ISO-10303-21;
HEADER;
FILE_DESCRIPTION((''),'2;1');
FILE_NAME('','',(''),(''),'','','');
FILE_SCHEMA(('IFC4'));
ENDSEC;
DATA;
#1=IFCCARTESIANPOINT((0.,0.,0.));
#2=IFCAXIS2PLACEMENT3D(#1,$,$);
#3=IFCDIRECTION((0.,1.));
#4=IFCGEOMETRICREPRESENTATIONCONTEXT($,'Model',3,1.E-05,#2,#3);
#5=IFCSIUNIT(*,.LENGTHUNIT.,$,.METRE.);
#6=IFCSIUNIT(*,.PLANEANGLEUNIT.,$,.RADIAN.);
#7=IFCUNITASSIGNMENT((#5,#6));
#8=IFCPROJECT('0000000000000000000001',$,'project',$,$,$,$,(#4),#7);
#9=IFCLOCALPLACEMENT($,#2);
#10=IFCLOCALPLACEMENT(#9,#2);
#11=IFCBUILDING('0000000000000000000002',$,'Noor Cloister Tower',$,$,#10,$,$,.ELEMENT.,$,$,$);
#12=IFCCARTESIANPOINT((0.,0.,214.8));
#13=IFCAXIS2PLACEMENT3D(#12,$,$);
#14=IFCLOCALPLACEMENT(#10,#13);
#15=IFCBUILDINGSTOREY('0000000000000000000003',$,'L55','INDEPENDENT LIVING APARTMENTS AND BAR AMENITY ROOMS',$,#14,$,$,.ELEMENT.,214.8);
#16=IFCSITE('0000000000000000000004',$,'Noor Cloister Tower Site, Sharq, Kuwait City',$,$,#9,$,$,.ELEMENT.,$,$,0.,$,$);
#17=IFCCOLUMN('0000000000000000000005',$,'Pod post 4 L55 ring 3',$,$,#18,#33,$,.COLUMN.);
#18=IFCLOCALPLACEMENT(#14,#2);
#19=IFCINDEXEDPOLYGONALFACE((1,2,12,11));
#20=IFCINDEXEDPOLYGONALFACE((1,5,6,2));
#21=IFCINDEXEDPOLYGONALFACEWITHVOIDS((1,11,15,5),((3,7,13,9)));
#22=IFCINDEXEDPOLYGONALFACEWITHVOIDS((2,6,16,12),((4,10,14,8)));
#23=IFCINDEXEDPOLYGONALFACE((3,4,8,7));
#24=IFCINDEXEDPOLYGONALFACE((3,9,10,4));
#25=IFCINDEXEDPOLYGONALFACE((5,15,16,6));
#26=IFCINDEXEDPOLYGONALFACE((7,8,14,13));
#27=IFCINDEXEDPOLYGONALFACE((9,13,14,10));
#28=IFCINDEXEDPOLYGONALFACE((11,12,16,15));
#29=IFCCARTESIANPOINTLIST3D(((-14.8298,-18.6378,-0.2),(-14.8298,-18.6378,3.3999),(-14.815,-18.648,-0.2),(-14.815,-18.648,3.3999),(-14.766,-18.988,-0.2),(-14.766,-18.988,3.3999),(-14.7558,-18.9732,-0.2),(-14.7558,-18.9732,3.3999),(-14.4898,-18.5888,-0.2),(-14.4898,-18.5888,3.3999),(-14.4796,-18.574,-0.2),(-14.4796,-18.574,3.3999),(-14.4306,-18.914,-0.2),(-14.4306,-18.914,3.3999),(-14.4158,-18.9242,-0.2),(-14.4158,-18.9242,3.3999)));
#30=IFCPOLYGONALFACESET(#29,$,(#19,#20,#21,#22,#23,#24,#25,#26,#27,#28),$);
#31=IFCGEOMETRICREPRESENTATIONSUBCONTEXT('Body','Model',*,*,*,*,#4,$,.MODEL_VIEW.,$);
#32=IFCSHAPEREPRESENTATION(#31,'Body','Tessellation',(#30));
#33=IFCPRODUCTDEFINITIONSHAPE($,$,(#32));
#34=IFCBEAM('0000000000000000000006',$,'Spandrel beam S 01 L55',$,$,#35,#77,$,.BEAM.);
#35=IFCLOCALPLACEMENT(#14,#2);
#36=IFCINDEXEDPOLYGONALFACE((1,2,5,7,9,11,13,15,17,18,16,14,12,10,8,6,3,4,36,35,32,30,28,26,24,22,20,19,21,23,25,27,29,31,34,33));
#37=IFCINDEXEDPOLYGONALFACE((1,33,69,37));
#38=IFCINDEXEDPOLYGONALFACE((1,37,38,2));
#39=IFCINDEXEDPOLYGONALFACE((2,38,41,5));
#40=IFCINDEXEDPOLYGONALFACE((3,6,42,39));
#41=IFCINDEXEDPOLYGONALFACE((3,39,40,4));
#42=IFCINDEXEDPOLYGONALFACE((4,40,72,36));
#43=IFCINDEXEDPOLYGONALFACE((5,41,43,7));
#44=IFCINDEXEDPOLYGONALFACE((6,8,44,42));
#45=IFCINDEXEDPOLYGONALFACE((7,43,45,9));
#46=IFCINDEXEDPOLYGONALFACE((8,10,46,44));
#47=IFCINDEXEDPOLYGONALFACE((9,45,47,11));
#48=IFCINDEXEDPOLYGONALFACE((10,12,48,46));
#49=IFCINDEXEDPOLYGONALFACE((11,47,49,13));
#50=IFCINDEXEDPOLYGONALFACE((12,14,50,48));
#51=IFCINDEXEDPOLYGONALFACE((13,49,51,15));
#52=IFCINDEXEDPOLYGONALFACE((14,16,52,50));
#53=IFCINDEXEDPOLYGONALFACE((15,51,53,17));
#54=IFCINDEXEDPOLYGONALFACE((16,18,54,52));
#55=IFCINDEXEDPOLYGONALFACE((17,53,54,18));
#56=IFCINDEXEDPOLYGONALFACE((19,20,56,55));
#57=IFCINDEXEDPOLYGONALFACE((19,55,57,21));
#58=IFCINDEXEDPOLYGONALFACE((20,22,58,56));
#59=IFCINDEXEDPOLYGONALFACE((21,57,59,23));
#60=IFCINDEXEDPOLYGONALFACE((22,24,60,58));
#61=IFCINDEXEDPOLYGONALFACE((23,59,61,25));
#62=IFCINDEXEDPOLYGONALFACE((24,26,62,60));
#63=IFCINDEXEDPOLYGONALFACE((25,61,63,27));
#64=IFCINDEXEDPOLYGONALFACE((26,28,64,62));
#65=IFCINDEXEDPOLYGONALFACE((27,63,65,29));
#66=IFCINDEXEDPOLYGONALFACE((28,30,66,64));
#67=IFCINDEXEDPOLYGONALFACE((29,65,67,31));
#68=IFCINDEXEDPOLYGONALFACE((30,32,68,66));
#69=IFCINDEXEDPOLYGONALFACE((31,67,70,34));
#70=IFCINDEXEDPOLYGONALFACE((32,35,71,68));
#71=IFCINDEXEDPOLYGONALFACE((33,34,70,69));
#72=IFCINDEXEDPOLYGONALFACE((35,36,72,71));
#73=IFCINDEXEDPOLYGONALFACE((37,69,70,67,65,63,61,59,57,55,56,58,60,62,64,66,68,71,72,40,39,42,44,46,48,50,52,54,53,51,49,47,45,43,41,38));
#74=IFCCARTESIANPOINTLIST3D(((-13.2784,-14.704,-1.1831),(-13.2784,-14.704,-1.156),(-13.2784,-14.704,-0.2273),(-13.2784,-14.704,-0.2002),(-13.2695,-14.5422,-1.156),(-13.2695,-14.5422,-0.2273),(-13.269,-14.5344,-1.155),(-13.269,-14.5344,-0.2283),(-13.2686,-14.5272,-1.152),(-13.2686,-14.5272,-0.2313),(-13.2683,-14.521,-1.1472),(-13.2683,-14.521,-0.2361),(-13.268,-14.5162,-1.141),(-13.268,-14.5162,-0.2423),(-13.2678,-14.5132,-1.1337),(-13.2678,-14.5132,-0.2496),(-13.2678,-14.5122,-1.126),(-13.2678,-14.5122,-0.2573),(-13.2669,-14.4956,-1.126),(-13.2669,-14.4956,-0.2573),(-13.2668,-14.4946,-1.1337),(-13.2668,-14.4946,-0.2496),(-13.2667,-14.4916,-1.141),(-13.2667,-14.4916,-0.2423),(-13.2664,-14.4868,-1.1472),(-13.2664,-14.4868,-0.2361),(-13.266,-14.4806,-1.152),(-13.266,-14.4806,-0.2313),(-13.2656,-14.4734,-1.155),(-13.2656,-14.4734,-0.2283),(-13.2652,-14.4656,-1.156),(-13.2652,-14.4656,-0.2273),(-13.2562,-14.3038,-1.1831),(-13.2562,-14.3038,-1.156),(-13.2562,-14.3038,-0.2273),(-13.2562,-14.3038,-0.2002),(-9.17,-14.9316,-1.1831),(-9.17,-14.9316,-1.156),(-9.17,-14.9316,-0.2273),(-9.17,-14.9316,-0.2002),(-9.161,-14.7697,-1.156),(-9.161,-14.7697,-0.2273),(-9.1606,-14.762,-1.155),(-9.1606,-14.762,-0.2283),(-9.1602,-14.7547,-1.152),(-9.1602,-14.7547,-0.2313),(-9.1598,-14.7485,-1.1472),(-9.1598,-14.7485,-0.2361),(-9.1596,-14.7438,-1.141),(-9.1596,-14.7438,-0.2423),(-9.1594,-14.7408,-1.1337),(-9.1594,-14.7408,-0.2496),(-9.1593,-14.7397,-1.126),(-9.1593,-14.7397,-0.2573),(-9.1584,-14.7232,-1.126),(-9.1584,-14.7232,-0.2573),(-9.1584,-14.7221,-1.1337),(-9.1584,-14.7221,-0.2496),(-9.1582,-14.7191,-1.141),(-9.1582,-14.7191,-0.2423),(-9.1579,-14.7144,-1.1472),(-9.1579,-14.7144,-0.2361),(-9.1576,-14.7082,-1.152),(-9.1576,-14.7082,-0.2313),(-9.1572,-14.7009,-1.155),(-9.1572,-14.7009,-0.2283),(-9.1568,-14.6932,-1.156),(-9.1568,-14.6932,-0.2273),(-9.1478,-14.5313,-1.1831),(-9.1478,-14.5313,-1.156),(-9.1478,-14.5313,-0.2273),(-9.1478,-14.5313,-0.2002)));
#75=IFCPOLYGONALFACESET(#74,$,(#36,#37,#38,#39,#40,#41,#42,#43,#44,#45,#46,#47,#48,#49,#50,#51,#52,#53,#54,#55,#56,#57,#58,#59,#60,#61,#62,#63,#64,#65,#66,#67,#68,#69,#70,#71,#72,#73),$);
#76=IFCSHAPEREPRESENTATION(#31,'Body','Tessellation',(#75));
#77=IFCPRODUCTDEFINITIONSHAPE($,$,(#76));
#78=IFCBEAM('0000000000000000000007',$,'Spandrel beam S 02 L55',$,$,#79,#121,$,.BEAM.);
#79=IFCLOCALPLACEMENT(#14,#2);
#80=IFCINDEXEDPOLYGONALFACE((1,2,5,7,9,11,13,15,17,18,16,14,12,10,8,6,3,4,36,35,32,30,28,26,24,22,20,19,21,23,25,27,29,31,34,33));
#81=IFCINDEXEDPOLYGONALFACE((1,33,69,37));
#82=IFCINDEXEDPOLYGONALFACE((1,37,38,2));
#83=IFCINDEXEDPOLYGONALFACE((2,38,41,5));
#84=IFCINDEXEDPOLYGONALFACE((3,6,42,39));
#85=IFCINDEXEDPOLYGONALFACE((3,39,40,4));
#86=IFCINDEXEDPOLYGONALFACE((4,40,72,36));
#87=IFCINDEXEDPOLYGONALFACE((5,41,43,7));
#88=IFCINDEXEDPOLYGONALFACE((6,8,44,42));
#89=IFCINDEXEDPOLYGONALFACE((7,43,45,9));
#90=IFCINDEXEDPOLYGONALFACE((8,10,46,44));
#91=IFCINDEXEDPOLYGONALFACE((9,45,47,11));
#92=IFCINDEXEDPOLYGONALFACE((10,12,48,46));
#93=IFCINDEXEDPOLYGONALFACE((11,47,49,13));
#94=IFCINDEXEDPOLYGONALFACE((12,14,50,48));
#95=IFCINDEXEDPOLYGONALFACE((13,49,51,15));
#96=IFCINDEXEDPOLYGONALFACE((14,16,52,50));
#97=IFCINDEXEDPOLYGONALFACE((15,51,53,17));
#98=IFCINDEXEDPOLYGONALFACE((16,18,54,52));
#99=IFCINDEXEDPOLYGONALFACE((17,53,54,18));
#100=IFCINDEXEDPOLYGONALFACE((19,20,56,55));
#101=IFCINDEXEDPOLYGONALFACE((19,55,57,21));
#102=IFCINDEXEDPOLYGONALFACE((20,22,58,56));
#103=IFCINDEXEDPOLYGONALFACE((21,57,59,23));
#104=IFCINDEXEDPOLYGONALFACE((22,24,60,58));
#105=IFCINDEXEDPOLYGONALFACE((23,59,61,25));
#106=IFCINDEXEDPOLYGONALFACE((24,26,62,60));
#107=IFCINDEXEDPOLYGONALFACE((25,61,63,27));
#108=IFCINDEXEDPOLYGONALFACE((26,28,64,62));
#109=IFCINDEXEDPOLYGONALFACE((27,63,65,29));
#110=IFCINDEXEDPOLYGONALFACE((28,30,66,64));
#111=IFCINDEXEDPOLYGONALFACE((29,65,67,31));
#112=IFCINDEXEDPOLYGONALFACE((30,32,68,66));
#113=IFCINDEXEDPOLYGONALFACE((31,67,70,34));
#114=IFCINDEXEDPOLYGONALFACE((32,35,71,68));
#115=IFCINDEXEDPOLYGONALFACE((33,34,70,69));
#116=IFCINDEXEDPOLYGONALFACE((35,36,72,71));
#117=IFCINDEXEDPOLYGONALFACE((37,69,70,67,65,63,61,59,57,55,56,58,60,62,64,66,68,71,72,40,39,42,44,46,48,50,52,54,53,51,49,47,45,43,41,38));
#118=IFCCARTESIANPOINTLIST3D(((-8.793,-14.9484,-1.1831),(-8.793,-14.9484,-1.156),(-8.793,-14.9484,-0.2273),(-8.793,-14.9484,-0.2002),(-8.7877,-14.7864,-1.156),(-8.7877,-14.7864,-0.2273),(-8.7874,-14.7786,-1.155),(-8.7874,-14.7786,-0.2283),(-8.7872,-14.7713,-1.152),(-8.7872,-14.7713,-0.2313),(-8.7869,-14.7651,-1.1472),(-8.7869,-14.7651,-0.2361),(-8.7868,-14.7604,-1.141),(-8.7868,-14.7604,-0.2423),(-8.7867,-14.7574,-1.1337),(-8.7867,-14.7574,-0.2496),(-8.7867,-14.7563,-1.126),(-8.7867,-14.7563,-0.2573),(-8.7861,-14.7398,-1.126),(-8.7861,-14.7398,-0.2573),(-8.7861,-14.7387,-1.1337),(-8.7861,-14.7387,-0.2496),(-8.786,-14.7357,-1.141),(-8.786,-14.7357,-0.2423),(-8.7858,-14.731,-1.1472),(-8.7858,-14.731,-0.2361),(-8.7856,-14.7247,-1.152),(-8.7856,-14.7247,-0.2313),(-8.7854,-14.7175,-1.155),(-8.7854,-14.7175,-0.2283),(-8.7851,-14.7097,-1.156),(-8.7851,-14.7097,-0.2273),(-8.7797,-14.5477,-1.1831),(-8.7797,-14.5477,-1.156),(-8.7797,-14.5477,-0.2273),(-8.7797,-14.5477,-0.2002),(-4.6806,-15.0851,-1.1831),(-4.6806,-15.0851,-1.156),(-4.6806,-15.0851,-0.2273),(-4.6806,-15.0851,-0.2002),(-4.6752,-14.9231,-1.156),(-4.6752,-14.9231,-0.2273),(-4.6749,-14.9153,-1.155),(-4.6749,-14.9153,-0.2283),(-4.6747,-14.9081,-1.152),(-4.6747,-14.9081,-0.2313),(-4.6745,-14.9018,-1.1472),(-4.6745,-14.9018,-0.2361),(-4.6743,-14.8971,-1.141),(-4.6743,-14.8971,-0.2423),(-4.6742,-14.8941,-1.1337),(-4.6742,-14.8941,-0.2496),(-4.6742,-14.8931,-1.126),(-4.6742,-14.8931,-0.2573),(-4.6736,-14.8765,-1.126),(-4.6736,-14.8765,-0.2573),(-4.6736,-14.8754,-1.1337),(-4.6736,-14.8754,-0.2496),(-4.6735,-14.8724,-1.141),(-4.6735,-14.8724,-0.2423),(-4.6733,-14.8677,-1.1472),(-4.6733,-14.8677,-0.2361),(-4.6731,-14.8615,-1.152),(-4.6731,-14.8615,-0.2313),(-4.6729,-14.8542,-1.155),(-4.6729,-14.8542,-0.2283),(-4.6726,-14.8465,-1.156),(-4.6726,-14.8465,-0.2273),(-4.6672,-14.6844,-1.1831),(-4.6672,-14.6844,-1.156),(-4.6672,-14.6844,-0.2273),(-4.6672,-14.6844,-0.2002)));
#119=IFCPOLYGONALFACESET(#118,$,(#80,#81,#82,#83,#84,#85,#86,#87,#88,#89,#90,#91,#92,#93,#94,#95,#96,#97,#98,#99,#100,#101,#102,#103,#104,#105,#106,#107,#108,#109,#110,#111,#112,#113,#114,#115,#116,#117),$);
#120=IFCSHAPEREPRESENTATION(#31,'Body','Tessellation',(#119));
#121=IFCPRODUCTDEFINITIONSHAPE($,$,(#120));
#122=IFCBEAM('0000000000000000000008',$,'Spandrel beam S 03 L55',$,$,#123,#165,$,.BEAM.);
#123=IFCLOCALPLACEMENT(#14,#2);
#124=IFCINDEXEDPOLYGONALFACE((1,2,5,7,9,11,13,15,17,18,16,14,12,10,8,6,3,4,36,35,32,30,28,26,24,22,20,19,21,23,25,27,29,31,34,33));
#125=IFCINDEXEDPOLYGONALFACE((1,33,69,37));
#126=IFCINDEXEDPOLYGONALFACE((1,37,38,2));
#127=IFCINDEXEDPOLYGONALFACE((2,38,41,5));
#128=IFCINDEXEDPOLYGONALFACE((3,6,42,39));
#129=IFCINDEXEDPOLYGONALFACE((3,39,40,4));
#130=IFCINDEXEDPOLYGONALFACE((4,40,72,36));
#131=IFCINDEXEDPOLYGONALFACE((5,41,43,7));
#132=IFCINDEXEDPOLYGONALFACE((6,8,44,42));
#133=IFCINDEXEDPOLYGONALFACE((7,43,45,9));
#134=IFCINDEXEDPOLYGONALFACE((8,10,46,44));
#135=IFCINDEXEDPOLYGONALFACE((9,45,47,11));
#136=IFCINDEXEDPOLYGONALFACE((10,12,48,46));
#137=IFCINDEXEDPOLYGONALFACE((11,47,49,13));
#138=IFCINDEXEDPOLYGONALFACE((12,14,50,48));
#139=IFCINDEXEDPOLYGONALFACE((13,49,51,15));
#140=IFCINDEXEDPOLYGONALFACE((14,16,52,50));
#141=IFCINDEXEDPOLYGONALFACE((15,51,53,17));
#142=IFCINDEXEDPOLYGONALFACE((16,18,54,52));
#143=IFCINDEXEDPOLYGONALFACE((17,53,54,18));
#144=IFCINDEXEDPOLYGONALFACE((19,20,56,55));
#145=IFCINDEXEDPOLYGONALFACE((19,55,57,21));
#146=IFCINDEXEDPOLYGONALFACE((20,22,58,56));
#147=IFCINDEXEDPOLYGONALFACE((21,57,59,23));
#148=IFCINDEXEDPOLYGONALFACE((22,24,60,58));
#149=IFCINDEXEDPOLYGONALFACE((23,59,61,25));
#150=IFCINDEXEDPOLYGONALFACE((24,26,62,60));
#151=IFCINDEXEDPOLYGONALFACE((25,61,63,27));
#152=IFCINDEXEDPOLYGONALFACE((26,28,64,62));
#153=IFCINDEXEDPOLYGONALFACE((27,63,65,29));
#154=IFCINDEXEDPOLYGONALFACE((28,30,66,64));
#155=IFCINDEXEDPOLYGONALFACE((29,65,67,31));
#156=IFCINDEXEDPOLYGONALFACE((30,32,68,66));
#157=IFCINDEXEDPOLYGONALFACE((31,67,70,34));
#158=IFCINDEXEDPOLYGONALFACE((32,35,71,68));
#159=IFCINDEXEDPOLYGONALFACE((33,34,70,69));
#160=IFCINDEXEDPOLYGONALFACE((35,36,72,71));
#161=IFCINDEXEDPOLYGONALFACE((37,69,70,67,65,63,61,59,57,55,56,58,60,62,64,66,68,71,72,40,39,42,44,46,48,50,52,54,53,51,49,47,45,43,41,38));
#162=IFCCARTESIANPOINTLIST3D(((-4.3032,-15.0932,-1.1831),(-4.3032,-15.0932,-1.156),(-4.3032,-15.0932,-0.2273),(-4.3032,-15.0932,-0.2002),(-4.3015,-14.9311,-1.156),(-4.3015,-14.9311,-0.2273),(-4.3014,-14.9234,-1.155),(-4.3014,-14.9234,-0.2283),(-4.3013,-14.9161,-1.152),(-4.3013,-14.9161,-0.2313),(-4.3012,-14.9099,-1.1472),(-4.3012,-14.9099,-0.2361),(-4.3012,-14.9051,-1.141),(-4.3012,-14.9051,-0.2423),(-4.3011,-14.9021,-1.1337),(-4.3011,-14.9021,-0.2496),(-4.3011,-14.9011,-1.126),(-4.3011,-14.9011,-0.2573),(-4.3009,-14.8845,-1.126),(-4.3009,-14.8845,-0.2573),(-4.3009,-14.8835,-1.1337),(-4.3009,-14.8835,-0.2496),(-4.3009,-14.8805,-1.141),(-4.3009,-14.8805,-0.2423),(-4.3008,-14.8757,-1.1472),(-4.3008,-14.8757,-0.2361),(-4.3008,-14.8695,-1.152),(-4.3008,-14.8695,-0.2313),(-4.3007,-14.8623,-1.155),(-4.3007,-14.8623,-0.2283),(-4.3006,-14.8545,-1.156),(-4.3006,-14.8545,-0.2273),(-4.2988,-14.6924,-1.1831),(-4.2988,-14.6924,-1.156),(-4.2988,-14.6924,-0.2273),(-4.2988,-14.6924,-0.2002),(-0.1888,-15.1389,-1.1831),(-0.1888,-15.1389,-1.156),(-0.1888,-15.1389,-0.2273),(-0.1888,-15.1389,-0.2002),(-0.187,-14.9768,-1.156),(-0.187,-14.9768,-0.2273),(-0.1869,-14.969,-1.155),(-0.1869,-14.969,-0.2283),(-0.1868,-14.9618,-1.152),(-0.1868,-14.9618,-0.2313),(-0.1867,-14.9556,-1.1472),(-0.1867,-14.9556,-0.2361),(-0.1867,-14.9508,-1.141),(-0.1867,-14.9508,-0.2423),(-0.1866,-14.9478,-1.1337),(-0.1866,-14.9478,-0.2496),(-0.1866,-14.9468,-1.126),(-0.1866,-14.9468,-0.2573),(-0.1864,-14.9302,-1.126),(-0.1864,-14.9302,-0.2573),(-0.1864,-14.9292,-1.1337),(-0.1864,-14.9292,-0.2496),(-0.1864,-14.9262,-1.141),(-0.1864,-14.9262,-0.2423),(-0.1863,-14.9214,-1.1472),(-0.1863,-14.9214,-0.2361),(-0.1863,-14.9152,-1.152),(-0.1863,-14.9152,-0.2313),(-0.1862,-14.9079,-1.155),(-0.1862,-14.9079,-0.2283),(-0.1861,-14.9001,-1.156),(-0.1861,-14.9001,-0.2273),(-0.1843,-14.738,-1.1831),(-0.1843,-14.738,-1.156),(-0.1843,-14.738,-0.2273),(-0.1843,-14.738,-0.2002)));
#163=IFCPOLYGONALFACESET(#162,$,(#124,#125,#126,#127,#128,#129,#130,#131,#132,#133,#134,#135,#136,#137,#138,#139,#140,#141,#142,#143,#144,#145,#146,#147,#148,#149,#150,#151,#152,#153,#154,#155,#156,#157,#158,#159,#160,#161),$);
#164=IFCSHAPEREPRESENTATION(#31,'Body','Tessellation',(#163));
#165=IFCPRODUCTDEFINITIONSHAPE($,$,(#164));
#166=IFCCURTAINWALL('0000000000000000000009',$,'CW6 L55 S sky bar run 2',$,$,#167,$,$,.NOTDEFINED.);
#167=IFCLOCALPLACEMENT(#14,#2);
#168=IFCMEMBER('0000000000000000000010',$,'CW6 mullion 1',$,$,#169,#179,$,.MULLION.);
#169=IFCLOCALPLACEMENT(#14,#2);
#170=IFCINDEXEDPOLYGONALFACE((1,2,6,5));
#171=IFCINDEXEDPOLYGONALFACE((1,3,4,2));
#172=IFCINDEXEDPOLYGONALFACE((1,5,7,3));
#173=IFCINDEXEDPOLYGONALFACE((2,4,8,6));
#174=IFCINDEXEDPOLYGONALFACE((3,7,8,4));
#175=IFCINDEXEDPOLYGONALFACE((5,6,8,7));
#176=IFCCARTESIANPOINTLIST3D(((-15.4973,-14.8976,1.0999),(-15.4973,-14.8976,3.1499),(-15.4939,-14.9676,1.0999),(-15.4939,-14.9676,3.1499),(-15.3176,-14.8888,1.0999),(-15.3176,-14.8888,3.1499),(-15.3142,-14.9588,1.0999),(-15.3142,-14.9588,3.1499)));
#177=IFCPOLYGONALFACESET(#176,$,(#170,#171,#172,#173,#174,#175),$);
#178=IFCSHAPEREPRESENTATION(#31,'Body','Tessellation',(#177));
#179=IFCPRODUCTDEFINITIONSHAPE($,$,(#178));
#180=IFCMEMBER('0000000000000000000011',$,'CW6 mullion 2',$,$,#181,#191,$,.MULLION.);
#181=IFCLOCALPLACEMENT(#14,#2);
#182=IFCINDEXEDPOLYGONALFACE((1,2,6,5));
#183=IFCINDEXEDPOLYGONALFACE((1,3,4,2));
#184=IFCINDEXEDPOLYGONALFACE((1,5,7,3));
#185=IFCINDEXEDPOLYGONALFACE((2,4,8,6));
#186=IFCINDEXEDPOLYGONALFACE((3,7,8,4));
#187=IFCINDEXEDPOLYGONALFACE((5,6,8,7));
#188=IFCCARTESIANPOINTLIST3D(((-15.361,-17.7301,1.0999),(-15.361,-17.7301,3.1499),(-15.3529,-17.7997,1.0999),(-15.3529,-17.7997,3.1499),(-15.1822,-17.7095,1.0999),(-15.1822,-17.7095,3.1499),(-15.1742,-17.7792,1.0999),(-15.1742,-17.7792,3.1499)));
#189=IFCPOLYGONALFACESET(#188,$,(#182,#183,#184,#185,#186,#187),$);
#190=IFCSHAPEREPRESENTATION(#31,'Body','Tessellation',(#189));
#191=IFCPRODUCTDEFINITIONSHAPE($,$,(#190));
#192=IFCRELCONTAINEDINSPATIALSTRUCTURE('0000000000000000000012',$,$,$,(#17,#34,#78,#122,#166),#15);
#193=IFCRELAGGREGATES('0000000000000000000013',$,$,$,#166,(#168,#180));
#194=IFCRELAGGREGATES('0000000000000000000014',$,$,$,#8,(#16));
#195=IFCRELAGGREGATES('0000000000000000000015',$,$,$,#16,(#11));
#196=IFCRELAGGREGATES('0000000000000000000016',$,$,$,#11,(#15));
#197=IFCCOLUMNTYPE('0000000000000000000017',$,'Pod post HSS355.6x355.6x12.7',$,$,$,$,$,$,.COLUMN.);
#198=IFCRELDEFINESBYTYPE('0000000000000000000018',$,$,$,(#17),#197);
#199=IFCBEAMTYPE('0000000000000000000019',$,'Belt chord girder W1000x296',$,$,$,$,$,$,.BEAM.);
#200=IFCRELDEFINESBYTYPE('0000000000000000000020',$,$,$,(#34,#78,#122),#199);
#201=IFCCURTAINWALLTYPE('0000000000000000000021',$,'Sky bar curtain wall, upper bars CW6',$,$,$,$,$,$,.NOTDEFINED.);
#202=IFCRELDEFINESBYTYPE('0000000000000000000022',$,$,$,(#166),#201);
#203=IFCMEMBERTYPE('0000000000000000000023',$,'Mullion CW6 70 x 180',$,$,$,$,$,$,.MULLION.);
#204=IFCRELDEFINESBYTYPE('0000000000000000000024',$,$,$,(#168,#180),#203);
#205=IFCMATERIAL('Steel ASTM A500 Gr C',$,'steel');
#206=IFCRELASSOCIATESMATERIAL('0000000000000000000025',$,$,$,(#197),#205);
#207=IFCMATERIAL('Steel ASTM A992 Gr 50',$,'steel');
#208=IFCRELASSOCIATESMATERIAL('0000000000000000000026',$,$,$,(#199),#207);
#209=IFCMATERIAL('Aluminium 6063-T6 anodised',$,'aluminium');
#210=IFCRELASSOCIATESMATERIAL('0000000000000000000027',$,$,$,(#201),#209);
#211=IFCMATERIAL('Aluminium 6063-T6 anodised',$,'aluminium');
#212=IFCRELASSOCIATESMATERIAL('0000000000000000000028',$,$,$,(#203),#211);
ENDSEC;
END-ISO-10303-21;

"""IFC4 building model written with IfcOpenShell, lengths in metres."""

from ifc_helpers import new_model, si_unit, direction, frame, origin, origin_2d, place, context, subcontext, project, spatial, rectangle, hollow_rectangle, i_section, extrude, material, material_profile, profile_set, type_object, element, aggregate, save


model = new_model("IFC4")

# Units and contexts
model_context = context("Model", 3, precision=1e-05, world=origin(), true_north=direction((0.0, 1.0)))
body_context = subcontext(model_context, "Body", "Model", "MODEL_VIEW")
ifc_project = project(units=[si_unit("LENGTHUNIT", "METRE"), si_unit("PLANEANGLEUNIT", "RADIAN")], contexts=[model_context])

# Site, building, storey
site_placement = place(None, origin())
site = spatial("IfcSite", under=ifc_project, at=site_placement, Name="Noor Cloister Tower Site, Sharq, Kuwait City", CompositionType="ELEMENT", RefElevation=0.0)
building_placement = place(site_placement, origin())
building = spatial("IfcBuilding", under=site, at=building_placement, Name="Noor Cloister Tower", CompositionType="ELEMENT")
storey_placement = place(building_placement, frame((0.0, 0.0, 214.8)))
storey = spatial("IfcBuildingStorey", under=building, at=storey_placement, Name="L55", Description="INDEPENDENT LIVING APARTMENTS AND BAR AMENITY ROOMS", CompositionType="ELEMENT", Elevation=214.8)

# Column
ifc_material_1 = material(Name="Steel ASTM A500 Gr C", Category="steel")
ifc_material_profile_1 = material_profile(ifc_material_1, hollow_rectangle(XDim=0.356, YDim=0.356, WallThickness=0.0127, at=origin_2d()), Name="HSS355.6x355.6x12.7")
ifc_profile_set_1 = profile_set([ifc_material_profile_1], Name="Steel ASTM A500 Gr C")
column_type_1 = type_object("IfcColumnType", Name="Pod post HSS355.6x355.6x12.7", PredefinedType="COLUMN", material=ifc_profile_set_1)
for number, where, z_axis, x_axis, name in (
    (1, (-14.6228, -18.781, -0.2), (0.0, 0.0, 1.0), (0.179302, -0.983794, 0.0), "Pod post 4 L55 ring 3"),
):
    element("IfcColumn", number, at=place(storey_placement, frame(where, z_axis=z_axis, x_axis=x_axis)), inside=storey, type_object=column_type_1, Name=name, PredefinedType="COLUMN", context=body_context, shape_type="SweptSolid", body=[
        extrude(hollow_rectangle(XDim=0.356, YDim=0.356, WallThickness=0.0127, at=origin_2d()), origin(), (0.0, 0.0, 1.0), 3.5999),
    ])

# Beams
ifc_material_2 = material(Name="Steel ASTM A992 Gr 50", Category="steel")
ifc_material_profile_2 = material_profile(ifc_material_2, i_section(OverallWidth=0.4009, OverallDepth=0.9829, WebThickness=0.0166, FlangeThickness=0.0271, FilletRadius=0.03, at=origin_2d()), Name="W1000x296")
ifc_profile_set_2 = profile_set([ifc_material_profile_2], Name="Steel ASTM A992 Gr 50")
beam_type = type_object("IfcBeamType", Name="Belt chord girder W1000x296", PredefinedType="BEAM", material=ifc_profile_set_2)
for number, where, z_axis, x_axis, name in (
    (2, (-13.2673, -14.5039, -0.6917), (0.99847, -0.055299, 0.0), (0.055299, 0.99847, 0.0), "Spandrel beam S 01 L55"),
    (3, (-8.7864, -14.748, -0.6917), (0.999448, -0.033226, 0.0), (0.033226, 0.999448, 0.0), "Spandrel beam S 02 L55"),
    (4, (-4.301, -14.8928, -0.6917), (0.999938, -0.011095, 0.0), (0.011095, 0.999938, 0.0), "Spandrel beam S 03 L55"),
):
    element("IfcBeam", number, at=place(storey_placement, frame(where, z_axis=z_axis, x_axis=x_axis)), inside=storey, type_object=beam_type, Name=name, PredefinedType="BEAM", context=body_context, shape_type="SweptSolid", body=[
        extrude(i_section(OverallWidth=0.4009, OverallDepth=0.9829, WebThickness=0.0166, FlangeThickness=0.0271, FilletRadius=0.03, at=origin_2d()), origin(), (0.0, 0.0, 1.0), 4.1147),
    ])

# Curtain wall, members
ifc_material_3 = material(Name="Aluminium 6063-T6 anodised", Category="aluminium")
curtain_wall_type = type_object("IfcCurtainWallType", Name="Sky bar curtain wall, upper bars CW6", PredefinedType="NOTDEFINED", material=ifc_material_3)
curtain_wall_placement = place(storey_placement, origin())
curtain_wall = element("IfcCurtainWall", 5, at=curtain_wall_placement, inside=storey, type_object=curtain_wall_type, Name="CW6 L55 S sky bar run 2", PredefinedType="NOTDEFINED")
ifc_material_4 = material(Name="Aluminium 6063-T6 anodised", Category="aluminium")
ifc_material_profile_3 = material_profile(ifc_material_4, rectangle(XDim=0.1799, YDim=0.0701, at=origin_2d()), Name="180 x 70 mullion")
ifc_profile_set_3 = profile_set([ifc_material_profile_3], Name="Aluminium 6063-T6 anodised")
member_type = type_object("IfcMemberType", Name="Mullion CW6 70 x 180", PredefinedType="MULLION", material=ifc_profile_set_3)
member_1_placement = place(storey_placement, frame((-15.4058, -14.9282, 1.0999), z_axis=(0.0, 0.0, 1.0), x_axis=(0.998807, 0.048823, 0.0)))
member_1 = element("IfcMember", 6, at=member_1_placement, type_object=member_type, Name="CW6 mullion 1", PredefinedType="MULLION", context=body_context, shape_type="SweptSolid", body=[
    extrude(rectangle(XDim=0.1799, YDim=0.0701, at=origin_2d()), origin(), (0.0, 0.0, 1.0), 2.05),
])
member_2_placement = place(storey_placement, frame((-15.2676, -17.7546, 1.0999), z_axis=(0.0, 0.0, 1.0), x_axis=(0.993439, 0.114364, 0.0)))
member_2 = element("IfcMember", 7, at=member_2_placement, type_object=member_type, Name="CW6 mullion 2", PredefinedType="MULLION", context=body_context, shape_type="SweptSolid", body=[
    extrude(rectangle(XDim=0.1799, YDim=0.0701, at=origin_2d()), origin(), (0.0, 0.0, 1.0), 2.05),
])
aggregate(curtain_wall, [member_1, member_2])

save(model, "model.ifc")
